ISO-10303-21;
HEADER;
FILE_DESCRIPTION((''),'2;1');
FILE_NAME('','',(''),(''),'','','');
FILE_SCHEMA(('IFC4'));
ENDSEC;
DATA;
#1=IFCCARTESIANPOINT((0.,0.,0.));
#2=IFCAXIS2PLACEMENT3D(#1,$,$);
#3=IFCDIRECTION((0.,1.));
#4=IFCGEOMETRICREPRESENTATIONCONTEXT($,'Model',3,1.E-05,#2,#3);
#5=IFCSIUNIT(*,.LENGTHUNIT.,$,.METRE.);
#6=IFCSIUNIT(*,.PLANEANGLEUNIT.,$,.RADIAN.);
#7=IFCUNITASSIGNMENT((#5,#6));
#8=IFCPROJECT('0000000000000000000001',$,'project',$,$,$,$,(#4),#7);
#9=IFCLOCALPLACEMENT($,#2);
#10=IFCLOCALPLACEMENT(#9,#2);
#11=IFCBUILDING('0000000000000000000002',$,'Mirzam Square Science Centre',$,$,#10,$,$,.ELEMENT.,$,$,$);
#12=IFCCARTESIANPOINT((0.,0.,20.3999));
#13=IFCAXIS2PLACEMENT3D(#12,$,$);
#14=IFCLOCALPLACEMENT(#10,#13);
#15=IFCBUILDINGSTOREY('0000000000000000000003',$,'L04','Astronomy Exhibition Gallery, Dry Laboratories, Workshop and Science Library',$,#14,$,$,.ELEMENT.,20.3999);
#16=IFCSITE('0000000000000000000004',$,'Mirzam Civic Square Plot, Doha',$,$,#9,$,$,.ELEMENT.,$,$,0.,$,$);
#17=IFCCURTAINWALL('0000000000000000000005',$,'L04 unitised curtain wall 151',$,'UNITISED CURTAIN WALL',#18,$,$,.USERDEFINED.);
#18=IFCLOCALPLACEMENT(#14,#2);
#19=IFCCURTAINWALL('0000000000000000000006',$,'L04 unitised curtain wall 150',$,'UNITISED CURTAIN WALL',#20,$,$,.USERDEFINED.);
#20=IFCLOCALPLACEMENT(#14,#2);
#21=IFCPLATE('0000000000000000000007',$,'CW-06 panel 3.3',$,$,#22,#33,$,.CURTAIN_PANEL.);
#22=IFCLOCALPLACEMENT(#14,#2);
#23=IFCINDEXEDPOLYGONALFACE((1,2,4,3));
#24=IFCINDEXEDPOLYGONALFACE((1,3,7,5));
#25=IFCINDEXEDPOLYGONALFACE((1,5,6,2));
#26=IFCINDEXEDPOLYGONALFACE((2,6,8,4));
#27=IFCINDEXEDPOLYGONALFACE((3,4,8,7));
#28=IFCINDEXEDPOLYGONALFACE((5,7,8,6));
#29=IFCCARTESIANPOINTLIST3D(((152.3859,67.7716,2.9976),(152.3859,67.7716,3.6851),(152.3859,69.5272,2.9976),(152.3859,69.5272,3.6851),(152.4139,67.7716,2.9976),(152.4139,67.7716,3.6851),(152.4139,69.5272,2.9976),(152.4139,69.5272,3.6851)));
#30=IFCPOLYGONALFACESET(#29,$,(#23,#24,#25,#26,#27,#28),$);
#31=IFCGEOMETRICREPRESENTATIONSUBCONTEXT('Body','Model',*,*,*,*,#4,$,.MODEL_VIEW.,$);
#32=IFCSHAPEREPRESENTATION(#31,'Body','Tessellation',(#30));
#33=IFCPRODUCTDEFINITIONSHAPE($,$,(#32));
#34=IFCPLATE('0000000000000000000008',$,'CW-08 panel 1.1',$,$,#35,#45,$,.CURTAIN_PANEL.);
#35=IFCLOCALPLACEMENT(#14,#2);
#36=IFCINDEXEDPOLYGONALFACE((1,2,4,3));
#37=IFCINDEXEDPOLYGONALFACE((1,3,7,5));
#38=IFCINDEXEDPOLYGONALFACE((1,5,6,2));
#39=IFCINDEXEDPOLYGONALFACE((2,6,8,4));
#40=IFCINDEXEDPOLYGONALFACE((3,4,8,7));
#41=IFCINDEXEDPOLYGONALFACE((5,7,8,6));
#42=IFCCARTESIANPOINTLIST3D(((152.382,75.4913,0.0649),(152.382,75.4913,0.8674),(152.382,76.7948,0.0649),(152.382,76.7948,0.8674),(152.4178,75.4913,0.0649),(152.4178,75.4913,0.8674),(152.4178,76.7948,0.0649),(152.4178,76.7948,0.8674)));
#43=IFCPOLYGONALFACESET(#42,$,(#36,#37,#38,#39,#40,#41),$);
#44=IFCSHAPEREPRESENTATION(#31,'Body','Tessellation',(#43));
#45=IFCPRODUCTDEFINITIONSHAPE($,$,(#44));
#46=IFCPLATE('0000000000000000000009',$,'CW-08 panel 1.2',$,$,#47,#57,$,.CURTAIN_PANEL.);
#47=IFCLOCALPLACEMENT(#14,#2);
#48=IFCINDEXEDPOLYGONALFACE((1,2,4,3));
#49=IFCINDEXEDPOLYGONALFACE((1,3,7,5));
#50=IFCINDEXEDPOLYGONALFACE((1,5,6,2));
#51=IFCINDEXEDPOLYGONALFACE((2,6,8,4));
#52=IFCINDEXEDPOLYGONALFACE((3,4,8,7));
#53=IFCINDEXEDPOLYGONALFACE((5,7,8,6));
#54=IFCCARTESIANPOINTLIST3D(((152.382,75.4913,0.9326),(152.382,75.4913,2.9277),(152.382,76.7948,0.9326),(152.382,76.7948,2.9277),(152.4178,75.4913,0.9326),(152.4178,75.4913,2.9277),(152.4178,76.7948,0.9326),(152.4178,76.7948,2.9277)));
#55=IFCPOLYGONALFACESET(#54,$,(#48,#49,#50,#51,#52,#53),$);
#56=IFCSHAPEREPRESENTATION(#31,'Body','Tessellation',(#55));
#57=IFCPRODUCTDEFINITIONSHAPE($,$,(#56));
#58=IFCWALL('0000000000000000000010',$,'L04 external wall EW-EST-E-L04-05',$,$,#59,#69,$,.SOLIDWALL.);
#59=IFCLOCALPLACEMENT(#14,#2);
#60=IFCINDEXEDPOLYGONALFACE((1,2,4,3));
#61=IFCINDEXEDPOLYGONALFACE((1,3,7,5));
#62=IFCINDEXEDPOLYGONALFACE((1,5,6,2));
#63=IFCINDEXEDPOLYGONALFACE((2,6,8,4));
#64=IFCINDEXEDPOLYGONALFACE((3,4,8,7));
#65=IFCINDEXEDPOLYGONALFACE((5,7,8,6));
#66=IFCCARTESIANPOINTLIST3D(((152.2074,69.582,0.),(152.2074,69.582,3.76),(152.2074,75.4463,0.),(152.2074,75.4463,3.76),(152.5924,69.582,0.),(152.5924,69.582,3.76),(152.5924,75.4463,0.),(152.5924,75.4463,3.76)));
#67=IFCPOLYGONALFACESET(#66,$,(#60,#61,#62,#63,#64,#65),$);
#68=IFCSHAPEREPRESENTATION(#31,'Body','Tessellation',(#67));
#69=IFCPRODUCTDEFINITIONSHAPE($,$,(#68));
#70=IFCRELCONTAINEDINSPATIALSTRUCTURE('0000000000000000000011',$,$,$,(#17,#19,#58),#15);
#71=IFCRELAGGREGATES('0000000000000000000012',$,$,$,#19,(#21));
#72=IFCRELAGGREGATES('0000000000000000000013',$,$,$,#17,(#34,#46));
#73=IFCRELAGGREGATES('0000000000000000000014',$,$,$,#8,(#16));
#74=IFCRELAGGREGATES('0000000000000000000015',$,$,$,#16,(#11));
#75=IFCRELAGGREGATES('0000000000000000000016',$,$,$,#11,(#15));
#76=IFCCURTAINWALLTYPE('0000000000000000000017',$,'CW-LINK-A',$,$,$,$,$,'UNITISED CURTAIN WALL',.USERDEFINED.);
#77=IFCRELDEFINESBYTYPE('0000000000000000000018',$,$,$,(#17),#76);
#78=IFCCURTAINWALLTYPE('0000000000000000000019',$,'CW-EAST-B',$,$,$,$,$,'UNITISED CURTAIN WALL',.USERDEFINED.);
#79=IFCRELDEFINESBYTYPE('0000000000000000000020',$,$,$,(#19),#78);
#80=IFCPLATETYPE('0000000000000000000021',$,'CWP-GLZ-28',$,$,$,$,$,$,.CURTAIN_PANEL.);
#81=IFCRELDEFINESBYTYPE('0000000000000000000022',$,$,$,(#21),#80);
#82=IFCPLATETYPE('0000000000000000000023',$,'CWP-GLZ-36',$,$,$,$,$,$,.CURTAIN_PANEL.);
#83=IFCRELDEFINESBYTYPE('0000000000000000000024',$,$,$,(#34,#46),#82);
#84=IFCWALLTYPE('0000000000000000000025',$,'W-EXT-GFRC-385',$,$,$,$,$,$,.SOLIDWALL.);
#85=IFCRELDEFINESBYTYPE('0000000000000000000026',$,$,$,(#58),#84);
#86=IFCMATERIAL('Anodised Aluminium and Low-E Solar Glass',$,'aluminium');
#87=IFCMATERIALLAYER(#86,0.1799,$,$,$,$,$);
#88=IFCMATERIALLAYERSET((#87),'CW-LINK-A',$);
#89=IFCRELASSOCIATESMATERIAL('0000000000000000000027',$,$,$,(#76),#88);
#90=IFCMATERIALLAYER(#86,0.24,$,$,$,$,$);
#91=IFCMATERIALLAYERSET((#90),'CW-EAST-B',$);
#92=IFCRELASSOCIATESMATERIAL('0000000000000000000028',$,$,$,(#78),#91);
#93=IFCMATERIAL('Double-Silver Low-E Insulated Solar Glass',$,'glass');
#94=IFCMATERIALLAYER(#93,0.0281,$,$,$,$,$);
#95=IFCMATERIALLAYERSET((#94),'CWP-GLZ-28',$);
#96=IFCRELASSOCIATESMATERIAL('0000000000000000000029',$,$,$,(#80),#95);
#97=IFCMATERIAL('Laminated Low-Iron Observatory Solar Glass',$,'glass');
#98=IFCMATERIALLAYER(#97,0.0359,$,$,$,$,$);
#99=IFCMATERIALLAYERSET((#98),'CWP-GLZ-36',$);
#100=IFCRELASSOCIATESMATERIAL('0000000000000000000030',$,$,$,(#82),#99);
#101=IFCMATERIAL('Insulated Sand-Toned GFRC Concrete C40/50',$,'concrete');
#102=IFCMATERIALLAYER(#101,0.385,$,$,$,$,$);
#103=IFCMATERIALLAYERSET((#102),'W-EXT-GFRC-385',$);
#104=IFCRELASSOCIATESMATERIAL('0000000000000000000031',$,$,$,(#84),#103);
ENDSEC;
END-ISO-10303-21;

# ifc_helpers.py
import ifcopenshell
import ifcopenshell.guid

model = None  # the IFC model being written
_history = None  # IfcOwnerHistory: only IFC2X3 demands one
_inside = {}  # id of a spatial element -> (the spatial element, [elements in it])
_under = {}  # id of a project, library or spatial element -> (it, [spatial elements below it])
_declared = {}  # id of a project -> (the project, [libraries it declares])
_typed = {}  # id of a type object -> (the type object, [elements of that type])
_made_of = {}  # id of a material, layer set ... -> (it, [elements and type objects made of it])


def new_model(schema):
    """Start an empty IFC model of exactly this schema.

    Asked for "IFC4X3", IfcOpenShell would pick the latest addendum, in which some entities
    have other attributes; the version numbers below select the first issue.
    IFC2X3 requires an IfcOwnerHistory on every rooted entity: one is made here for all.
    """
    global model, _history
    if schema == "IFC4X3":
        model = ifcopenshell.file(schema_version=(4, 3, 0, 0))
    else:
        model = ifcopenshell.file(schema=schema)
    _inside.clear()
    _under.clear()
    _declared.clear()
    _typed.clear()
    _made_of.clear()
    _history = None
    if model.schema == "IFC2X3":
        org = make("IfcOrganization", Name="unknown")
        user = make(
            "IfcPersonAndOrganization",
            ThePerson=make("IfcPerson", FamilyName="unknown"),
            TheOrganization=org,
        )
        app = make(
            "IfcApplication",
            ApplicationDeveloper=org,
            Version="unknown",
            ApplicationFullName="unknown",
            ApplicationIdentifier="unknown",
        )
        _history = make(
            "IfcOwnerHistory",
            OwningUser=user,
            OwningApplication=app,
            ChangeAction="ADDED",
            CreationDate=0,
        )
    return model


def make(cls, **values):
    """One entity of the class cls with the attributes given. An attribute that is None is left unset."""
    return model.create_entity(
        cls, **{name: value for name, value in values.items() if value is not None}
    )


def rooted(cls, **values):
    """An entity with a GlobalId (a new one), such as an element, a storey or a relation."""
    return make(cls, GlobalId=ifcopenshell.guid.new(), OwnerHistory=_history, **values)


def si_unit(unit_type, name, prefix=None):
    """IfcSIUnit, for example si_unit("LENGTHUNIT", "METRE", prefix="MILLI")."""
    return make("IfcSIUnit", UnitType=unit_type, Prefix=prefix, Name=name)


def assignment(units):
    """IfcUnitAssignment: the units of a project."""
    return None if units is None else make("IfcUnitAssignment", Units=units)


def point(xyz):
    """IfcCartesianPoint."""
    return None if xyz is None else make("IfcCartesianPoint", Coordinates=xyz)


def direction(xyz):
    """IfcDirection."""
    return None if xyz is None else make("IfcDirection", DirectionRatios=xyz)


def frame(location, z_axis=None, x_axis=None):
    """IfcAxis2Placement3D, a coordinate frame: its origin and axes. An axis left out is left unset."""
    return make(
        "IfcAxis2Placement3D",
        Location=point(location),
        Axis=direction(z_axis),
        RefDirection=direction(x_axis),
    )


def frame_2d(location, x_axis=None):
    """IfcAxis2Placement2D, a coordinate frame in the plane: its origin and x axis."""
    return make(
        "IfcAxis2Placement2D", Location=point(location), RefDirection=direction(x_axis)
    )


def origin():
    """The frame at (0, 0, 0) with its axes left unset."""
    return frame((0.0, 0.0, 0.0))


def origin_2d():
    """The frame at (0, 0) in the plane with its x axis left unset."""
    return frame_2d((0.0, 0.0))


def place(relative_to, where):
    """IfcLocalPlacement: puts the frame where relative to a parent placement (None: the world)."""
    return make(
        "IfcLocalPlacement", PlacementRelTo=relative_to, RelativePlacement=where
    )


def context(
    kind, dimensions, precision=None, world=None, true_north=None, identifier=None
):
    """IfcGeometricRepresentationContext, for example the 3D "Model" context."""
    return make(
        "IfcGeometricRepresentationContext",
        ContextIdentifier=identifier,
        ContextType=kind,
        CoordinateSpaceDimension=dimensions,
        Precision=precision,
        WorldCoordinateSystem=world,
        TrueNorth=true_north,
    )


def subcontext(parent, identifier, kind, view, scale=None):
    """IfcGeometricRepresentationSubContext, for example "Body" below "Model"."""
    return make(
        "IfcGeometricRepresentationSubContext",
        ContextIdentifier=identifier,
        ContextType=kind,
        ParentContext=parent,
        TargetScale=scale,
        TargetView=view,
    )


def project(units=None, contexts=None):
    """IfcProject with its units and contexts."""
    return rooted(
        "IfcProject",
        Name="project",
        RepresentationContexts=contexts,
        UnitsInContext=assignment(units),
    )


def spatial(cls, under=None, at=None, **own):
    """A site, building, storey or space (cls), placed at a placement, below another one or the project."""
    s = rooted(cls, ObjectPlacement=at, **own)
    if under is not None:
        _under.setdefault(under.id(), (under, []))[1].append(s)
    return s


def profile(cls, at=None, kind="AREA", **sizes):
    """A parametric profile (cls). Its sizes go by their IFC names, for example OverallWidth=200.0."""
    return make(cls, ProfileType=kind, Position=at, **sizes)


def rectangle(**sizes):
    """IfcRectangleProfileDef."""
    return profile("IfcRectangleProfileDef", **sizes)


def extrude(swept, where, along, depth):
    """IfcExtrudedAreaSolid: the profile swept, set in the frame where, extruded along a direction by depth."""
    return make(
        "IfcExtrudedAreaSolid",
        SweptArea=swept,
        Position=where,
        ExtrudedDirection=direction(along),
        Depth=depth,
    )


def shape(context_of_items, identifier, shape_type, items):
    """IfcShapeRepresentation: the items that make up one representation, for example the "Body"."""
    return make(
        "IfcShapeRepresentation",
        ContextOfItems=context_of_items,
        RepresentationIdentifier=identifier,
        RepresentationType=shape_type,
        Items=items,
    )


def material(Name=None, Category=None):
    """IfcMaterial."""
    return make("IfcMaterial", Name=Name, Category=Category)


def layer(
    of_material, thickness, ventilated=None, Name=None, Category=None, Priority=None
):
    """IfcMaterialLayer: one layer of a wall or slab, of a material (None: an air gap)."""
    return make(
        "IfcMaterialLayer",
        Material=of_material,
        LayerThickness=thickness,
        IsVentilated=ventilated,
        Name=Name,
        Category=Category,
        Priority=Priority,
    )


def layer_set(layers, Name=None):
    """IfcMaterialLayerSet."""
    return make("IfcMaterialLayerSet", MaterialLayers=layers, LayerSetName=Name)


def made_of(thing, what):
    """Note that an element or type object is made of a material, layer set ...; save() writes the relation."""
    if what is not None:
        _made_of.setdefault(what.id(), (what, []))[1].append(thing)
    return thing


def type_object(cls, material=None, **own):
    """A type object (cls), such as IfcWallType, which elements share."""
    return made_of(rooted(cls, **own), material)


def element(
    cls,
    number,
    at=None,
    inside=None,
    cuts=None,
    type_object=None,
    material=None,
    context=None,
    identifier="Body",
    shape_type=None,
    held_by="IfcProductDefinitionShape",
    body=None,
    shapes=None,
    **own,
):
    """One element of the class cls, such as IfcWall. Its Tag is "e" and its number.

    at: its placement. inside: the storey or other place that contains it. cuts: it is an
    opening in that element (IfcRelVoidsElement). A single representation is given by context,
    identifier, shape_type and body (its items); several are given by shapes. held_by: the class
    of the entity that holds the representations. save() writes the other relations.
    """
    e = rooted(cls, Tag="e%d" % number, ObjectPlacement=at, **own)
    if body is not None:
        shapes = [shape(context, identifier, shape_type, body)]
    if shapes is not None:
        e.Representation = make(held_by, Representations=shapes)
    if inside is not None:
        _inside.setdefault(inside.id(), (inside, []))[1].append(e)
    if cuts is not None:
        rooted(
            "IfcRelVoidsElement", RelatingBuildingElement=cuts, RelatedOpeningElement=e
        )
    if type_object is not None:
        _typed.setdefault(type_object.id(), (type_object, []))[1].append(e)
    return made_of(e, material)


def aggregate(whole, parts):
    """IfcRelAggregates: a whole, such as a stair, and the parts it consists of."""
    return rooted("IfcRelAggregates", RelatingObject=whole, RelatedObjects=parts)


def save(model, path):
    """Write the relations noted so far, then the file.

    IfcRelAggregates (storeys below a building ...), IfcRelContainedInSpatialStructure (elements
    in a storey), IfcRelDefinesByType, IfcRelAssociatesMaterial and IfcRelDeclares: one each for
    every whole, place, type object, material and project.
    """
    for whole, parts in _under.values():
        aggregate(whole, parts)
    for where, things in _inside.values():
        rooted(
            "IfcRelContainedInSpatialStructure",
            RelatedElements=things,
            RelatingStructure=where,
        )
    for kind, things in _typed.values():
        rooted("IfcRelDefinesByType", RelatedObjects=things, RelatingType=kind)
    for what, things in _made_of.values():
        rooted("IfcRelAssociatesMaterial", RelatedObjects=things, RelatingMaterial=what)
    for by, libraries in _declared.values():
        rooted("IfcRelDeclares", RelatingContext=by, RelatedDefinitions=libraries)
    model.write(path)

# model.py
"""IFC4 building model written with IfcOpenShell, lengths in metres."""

from ifc_helpers import new_model, si_unit, direction, frame, frame_2d, origin, origin_2d, place, context, subcontext, project, spatial, rectangle, extrude, material, layer, layer_set, type_object, element, aggregate, save


model = new_model("IFC4")

# Units and contexts
model_context = context("Model", 3, precision=1e-05, world=origin(), true_north=direction((0.0, 1.0)))
body_context = subcontext(model_context, "Body", "Model", "MODEL_VIEW")
ifc_project = project(units=[si_unit("LENGTHUNIT", "METRE"), si_unit("PLANEANGLEUNIT", "RADIAN")], contexts=[model_context])

# Site, building, storey
site_placement = place(None, origin())
site = spatial("IfcSite", under=ifc_project, at=site_placement, Name="Mirzam Civic Square Plot, Doha", CompositionType="ELEMENT", RefElevation=0.0)
building_placement = place(site_placement, origin())
building = spatial("IfcBuilding", under=site, at=building_placement, Name="Mirzam Square Science Centre", CompositionType="ELEMENT")
storey_placement = place(building_placement, frame((0.0, 0.0, 20.3999)))
storey = spatial("IfcBuildingStorey", under=building, at=storey_placement, Name="L04", Description="Astronomy Exhibition Gallery, Dry Laboratories, Workshop and Science Library", CompositionType="ELEMENT", Elevation=20.3999)

# Curtain walls
ifc_material_1 = material(Name="Anodised Aluminium and Low-E Solar Glass", Category="aluminium")
ifc_layer_1 = layer(ifc_material_1, 0.1799)
ifc_layer_set_1 = layer_set([ifc_layer_1], Name="CW-LINK-A")
curtain_wall_type_1 = type_object("IfcCurtainWallType", Name="CW-LINK-A", ElementType="UNITISED CURTAIN WALL", PredefinedType="USERDEFINED", material=ifc_layer_set_1)
curtain_wall_1_placement = place(storey_placement, origin())
curtain_wall_1 = element("IfcCurtainWall", 1, at=curtain_wall_1_placement, inside=storey, type_object=curtain_wall_type_1, Name="L04 unitised curtain wall 151", ObjectType="UNITISED CURTAIN WALL", PredefinedType="USERDEFINED")
ifc_layer_2 = layer(ifc_material_1, 0.24)
ifc_layer_set_2 = layer_set([ifc_layer_2], Name="CW-EAST-B")
curtain_wall_type_2 = type_object("IfcCurtainWallType", Name="CW-EAST-B", ElementType="UNITISED CURTAIN WALL", PredefinedType="USERDEFINED", material=ifc_layer_set_2)
curtain_wall_2_placement = place(storey_placement, origin())
curtain_wall_2 = element("IfcCurtainWall", 2, at=curtain_wall_2_placement, inside=storey, type_object=curtain_wall_type_2, Name="L04 unitised curtain wall 150", ObjectType="UNITISED CURTAIN WALL", PredefinedType="USERDEFINED")

# Plates
ifc_material_2 = material(Name="Double-Silver Low-E Insulated Solar Glass", Category="glass")
ifc_layer_3 = layer(ifc_material_2, 0.0281)
ifc_layer_set_3 = layer_set([ifc_layer_3], Name="CWP-GLZ-28")
plate_type_1 = type_object("IfcPlateType", Name="CWP-GLZ-28", PredefinedType="CURTAIN_PANEL", material=ifc_layer_set_3)
plate_1_placement = place(storey_placement, frame((152.3999, 68.6494, 2.9976), z_axis=(0.0, 0.0, 1.0), x_axis=(0.0, 1.0, 0.0)))
plate_1 = element("IfcPlate", 3, at=plate_1_placement, type_object=plate_type_1, Name="CW-06 panel 3.3", PredefinedType="CURTAIN_PANEL", context=body_context, shape_type="SweptSolid", body=[
    extrude(rectangle(XDim=1.7556, YDim=0.0281, at=origin_2d()), origin(), (0.0, 0.0, 1.0), 0.6875),
])
aggregate(curtain_wall_2, [plate_1])
ifc_material_3 = material(Name="Laminated Low-Iron Observatory Solar Glass", Category="glass")
ifc_layer_4 = layer(ifc_material_3, 0.0359)
ifc_layer_set_4 = layer_set([ifc_layer_4], Name="CWP-GLZ-36")
plate_type_2 = type_object("IfcPlateType", Name="CWP-GLZ-36", PredefinedType="CURTAIN_PANEL", material=ifc_layer_set_4)
plate_2_placement = place(storey_placement, frame((152.3999, 76.1431, 0.0649), z_axis=(0.0, 0.0, 1.0), x_axis=(0.0, 1.0, 0.0)))
plate_2 = element("IfcPlate", 4, at=plate_2_placement, type_object=plate_type_2, Name="CW-08 panel 1.1", PredefinedType="CURTAIN_PANEL", context=body_context, shape_type="SweptSolid", body=[
    extrude(rectangle(XDim=1.3035, YDim=0.0359, at=origin_2d()), origin(), (0.0, 0.0, 1.0), 0.8025),
])
plate_3_placement = place(storey_placement, frame((152.3999, 76.1431, 0.9326), z_axis=(0.0, 0.0, 1.0), x_axis=(0.0, 1.0, 0.0)))
plate_3 = element("IfcPlate", 5, at=plate_3_placement, type_object=plate_type_2, Name="CW-08 panel 1.2", PredefinedType="CURTAIN_PANEL", context=body_context, shape_type="SweptSolid", body=[
    extrude(rectangle(XDim=1.3035, YDim=0.0359, at=origin_2d()), origin(), (0.0, 0.0, 1.0), 1.9951),
])
aggregate(curtain_wall_1, [plate_2, plate_3])

# Wall
ifc_material_4 = material(Name="Insulated Sand-Toned GFRC Concrete C40/50", Category="concrete")
ifc_layer_5 = layer(ifc_material_4, 0.385)
ifc_layer_set_5 = layer_set([ifc_layer_5], Name="W-EXT-GFRC-385")
wall_type = type_object("IfcWallType", Name="W-EXT-GFRC-385", PredefinedType="SOLIDWALL", material=ifc_layer_set_5)
wall_placement = place(storey_placement, frame((152.3999, 69.582, 0.0), z_axis=(0.0, 0.0, 1.0), x_axis=(0.0, 1.0, 0.0)))
element("IfcWall", 6, at=wall_placement, inside=storey, type_object=wall_type, Name="L04 external wall EW-EST-E-L04-05", PredefinedType="SOLIDWALL", context=body_context, shape_type="SweptSolid", body=[
    extrude(rectangle(XDim=5.8643, YDim=0.385, at=frame_2d((2.9321, 0.0))), origin(), (0.0, 0.0, 1.0), 3.76),
])

save(model, "model.ifc")
